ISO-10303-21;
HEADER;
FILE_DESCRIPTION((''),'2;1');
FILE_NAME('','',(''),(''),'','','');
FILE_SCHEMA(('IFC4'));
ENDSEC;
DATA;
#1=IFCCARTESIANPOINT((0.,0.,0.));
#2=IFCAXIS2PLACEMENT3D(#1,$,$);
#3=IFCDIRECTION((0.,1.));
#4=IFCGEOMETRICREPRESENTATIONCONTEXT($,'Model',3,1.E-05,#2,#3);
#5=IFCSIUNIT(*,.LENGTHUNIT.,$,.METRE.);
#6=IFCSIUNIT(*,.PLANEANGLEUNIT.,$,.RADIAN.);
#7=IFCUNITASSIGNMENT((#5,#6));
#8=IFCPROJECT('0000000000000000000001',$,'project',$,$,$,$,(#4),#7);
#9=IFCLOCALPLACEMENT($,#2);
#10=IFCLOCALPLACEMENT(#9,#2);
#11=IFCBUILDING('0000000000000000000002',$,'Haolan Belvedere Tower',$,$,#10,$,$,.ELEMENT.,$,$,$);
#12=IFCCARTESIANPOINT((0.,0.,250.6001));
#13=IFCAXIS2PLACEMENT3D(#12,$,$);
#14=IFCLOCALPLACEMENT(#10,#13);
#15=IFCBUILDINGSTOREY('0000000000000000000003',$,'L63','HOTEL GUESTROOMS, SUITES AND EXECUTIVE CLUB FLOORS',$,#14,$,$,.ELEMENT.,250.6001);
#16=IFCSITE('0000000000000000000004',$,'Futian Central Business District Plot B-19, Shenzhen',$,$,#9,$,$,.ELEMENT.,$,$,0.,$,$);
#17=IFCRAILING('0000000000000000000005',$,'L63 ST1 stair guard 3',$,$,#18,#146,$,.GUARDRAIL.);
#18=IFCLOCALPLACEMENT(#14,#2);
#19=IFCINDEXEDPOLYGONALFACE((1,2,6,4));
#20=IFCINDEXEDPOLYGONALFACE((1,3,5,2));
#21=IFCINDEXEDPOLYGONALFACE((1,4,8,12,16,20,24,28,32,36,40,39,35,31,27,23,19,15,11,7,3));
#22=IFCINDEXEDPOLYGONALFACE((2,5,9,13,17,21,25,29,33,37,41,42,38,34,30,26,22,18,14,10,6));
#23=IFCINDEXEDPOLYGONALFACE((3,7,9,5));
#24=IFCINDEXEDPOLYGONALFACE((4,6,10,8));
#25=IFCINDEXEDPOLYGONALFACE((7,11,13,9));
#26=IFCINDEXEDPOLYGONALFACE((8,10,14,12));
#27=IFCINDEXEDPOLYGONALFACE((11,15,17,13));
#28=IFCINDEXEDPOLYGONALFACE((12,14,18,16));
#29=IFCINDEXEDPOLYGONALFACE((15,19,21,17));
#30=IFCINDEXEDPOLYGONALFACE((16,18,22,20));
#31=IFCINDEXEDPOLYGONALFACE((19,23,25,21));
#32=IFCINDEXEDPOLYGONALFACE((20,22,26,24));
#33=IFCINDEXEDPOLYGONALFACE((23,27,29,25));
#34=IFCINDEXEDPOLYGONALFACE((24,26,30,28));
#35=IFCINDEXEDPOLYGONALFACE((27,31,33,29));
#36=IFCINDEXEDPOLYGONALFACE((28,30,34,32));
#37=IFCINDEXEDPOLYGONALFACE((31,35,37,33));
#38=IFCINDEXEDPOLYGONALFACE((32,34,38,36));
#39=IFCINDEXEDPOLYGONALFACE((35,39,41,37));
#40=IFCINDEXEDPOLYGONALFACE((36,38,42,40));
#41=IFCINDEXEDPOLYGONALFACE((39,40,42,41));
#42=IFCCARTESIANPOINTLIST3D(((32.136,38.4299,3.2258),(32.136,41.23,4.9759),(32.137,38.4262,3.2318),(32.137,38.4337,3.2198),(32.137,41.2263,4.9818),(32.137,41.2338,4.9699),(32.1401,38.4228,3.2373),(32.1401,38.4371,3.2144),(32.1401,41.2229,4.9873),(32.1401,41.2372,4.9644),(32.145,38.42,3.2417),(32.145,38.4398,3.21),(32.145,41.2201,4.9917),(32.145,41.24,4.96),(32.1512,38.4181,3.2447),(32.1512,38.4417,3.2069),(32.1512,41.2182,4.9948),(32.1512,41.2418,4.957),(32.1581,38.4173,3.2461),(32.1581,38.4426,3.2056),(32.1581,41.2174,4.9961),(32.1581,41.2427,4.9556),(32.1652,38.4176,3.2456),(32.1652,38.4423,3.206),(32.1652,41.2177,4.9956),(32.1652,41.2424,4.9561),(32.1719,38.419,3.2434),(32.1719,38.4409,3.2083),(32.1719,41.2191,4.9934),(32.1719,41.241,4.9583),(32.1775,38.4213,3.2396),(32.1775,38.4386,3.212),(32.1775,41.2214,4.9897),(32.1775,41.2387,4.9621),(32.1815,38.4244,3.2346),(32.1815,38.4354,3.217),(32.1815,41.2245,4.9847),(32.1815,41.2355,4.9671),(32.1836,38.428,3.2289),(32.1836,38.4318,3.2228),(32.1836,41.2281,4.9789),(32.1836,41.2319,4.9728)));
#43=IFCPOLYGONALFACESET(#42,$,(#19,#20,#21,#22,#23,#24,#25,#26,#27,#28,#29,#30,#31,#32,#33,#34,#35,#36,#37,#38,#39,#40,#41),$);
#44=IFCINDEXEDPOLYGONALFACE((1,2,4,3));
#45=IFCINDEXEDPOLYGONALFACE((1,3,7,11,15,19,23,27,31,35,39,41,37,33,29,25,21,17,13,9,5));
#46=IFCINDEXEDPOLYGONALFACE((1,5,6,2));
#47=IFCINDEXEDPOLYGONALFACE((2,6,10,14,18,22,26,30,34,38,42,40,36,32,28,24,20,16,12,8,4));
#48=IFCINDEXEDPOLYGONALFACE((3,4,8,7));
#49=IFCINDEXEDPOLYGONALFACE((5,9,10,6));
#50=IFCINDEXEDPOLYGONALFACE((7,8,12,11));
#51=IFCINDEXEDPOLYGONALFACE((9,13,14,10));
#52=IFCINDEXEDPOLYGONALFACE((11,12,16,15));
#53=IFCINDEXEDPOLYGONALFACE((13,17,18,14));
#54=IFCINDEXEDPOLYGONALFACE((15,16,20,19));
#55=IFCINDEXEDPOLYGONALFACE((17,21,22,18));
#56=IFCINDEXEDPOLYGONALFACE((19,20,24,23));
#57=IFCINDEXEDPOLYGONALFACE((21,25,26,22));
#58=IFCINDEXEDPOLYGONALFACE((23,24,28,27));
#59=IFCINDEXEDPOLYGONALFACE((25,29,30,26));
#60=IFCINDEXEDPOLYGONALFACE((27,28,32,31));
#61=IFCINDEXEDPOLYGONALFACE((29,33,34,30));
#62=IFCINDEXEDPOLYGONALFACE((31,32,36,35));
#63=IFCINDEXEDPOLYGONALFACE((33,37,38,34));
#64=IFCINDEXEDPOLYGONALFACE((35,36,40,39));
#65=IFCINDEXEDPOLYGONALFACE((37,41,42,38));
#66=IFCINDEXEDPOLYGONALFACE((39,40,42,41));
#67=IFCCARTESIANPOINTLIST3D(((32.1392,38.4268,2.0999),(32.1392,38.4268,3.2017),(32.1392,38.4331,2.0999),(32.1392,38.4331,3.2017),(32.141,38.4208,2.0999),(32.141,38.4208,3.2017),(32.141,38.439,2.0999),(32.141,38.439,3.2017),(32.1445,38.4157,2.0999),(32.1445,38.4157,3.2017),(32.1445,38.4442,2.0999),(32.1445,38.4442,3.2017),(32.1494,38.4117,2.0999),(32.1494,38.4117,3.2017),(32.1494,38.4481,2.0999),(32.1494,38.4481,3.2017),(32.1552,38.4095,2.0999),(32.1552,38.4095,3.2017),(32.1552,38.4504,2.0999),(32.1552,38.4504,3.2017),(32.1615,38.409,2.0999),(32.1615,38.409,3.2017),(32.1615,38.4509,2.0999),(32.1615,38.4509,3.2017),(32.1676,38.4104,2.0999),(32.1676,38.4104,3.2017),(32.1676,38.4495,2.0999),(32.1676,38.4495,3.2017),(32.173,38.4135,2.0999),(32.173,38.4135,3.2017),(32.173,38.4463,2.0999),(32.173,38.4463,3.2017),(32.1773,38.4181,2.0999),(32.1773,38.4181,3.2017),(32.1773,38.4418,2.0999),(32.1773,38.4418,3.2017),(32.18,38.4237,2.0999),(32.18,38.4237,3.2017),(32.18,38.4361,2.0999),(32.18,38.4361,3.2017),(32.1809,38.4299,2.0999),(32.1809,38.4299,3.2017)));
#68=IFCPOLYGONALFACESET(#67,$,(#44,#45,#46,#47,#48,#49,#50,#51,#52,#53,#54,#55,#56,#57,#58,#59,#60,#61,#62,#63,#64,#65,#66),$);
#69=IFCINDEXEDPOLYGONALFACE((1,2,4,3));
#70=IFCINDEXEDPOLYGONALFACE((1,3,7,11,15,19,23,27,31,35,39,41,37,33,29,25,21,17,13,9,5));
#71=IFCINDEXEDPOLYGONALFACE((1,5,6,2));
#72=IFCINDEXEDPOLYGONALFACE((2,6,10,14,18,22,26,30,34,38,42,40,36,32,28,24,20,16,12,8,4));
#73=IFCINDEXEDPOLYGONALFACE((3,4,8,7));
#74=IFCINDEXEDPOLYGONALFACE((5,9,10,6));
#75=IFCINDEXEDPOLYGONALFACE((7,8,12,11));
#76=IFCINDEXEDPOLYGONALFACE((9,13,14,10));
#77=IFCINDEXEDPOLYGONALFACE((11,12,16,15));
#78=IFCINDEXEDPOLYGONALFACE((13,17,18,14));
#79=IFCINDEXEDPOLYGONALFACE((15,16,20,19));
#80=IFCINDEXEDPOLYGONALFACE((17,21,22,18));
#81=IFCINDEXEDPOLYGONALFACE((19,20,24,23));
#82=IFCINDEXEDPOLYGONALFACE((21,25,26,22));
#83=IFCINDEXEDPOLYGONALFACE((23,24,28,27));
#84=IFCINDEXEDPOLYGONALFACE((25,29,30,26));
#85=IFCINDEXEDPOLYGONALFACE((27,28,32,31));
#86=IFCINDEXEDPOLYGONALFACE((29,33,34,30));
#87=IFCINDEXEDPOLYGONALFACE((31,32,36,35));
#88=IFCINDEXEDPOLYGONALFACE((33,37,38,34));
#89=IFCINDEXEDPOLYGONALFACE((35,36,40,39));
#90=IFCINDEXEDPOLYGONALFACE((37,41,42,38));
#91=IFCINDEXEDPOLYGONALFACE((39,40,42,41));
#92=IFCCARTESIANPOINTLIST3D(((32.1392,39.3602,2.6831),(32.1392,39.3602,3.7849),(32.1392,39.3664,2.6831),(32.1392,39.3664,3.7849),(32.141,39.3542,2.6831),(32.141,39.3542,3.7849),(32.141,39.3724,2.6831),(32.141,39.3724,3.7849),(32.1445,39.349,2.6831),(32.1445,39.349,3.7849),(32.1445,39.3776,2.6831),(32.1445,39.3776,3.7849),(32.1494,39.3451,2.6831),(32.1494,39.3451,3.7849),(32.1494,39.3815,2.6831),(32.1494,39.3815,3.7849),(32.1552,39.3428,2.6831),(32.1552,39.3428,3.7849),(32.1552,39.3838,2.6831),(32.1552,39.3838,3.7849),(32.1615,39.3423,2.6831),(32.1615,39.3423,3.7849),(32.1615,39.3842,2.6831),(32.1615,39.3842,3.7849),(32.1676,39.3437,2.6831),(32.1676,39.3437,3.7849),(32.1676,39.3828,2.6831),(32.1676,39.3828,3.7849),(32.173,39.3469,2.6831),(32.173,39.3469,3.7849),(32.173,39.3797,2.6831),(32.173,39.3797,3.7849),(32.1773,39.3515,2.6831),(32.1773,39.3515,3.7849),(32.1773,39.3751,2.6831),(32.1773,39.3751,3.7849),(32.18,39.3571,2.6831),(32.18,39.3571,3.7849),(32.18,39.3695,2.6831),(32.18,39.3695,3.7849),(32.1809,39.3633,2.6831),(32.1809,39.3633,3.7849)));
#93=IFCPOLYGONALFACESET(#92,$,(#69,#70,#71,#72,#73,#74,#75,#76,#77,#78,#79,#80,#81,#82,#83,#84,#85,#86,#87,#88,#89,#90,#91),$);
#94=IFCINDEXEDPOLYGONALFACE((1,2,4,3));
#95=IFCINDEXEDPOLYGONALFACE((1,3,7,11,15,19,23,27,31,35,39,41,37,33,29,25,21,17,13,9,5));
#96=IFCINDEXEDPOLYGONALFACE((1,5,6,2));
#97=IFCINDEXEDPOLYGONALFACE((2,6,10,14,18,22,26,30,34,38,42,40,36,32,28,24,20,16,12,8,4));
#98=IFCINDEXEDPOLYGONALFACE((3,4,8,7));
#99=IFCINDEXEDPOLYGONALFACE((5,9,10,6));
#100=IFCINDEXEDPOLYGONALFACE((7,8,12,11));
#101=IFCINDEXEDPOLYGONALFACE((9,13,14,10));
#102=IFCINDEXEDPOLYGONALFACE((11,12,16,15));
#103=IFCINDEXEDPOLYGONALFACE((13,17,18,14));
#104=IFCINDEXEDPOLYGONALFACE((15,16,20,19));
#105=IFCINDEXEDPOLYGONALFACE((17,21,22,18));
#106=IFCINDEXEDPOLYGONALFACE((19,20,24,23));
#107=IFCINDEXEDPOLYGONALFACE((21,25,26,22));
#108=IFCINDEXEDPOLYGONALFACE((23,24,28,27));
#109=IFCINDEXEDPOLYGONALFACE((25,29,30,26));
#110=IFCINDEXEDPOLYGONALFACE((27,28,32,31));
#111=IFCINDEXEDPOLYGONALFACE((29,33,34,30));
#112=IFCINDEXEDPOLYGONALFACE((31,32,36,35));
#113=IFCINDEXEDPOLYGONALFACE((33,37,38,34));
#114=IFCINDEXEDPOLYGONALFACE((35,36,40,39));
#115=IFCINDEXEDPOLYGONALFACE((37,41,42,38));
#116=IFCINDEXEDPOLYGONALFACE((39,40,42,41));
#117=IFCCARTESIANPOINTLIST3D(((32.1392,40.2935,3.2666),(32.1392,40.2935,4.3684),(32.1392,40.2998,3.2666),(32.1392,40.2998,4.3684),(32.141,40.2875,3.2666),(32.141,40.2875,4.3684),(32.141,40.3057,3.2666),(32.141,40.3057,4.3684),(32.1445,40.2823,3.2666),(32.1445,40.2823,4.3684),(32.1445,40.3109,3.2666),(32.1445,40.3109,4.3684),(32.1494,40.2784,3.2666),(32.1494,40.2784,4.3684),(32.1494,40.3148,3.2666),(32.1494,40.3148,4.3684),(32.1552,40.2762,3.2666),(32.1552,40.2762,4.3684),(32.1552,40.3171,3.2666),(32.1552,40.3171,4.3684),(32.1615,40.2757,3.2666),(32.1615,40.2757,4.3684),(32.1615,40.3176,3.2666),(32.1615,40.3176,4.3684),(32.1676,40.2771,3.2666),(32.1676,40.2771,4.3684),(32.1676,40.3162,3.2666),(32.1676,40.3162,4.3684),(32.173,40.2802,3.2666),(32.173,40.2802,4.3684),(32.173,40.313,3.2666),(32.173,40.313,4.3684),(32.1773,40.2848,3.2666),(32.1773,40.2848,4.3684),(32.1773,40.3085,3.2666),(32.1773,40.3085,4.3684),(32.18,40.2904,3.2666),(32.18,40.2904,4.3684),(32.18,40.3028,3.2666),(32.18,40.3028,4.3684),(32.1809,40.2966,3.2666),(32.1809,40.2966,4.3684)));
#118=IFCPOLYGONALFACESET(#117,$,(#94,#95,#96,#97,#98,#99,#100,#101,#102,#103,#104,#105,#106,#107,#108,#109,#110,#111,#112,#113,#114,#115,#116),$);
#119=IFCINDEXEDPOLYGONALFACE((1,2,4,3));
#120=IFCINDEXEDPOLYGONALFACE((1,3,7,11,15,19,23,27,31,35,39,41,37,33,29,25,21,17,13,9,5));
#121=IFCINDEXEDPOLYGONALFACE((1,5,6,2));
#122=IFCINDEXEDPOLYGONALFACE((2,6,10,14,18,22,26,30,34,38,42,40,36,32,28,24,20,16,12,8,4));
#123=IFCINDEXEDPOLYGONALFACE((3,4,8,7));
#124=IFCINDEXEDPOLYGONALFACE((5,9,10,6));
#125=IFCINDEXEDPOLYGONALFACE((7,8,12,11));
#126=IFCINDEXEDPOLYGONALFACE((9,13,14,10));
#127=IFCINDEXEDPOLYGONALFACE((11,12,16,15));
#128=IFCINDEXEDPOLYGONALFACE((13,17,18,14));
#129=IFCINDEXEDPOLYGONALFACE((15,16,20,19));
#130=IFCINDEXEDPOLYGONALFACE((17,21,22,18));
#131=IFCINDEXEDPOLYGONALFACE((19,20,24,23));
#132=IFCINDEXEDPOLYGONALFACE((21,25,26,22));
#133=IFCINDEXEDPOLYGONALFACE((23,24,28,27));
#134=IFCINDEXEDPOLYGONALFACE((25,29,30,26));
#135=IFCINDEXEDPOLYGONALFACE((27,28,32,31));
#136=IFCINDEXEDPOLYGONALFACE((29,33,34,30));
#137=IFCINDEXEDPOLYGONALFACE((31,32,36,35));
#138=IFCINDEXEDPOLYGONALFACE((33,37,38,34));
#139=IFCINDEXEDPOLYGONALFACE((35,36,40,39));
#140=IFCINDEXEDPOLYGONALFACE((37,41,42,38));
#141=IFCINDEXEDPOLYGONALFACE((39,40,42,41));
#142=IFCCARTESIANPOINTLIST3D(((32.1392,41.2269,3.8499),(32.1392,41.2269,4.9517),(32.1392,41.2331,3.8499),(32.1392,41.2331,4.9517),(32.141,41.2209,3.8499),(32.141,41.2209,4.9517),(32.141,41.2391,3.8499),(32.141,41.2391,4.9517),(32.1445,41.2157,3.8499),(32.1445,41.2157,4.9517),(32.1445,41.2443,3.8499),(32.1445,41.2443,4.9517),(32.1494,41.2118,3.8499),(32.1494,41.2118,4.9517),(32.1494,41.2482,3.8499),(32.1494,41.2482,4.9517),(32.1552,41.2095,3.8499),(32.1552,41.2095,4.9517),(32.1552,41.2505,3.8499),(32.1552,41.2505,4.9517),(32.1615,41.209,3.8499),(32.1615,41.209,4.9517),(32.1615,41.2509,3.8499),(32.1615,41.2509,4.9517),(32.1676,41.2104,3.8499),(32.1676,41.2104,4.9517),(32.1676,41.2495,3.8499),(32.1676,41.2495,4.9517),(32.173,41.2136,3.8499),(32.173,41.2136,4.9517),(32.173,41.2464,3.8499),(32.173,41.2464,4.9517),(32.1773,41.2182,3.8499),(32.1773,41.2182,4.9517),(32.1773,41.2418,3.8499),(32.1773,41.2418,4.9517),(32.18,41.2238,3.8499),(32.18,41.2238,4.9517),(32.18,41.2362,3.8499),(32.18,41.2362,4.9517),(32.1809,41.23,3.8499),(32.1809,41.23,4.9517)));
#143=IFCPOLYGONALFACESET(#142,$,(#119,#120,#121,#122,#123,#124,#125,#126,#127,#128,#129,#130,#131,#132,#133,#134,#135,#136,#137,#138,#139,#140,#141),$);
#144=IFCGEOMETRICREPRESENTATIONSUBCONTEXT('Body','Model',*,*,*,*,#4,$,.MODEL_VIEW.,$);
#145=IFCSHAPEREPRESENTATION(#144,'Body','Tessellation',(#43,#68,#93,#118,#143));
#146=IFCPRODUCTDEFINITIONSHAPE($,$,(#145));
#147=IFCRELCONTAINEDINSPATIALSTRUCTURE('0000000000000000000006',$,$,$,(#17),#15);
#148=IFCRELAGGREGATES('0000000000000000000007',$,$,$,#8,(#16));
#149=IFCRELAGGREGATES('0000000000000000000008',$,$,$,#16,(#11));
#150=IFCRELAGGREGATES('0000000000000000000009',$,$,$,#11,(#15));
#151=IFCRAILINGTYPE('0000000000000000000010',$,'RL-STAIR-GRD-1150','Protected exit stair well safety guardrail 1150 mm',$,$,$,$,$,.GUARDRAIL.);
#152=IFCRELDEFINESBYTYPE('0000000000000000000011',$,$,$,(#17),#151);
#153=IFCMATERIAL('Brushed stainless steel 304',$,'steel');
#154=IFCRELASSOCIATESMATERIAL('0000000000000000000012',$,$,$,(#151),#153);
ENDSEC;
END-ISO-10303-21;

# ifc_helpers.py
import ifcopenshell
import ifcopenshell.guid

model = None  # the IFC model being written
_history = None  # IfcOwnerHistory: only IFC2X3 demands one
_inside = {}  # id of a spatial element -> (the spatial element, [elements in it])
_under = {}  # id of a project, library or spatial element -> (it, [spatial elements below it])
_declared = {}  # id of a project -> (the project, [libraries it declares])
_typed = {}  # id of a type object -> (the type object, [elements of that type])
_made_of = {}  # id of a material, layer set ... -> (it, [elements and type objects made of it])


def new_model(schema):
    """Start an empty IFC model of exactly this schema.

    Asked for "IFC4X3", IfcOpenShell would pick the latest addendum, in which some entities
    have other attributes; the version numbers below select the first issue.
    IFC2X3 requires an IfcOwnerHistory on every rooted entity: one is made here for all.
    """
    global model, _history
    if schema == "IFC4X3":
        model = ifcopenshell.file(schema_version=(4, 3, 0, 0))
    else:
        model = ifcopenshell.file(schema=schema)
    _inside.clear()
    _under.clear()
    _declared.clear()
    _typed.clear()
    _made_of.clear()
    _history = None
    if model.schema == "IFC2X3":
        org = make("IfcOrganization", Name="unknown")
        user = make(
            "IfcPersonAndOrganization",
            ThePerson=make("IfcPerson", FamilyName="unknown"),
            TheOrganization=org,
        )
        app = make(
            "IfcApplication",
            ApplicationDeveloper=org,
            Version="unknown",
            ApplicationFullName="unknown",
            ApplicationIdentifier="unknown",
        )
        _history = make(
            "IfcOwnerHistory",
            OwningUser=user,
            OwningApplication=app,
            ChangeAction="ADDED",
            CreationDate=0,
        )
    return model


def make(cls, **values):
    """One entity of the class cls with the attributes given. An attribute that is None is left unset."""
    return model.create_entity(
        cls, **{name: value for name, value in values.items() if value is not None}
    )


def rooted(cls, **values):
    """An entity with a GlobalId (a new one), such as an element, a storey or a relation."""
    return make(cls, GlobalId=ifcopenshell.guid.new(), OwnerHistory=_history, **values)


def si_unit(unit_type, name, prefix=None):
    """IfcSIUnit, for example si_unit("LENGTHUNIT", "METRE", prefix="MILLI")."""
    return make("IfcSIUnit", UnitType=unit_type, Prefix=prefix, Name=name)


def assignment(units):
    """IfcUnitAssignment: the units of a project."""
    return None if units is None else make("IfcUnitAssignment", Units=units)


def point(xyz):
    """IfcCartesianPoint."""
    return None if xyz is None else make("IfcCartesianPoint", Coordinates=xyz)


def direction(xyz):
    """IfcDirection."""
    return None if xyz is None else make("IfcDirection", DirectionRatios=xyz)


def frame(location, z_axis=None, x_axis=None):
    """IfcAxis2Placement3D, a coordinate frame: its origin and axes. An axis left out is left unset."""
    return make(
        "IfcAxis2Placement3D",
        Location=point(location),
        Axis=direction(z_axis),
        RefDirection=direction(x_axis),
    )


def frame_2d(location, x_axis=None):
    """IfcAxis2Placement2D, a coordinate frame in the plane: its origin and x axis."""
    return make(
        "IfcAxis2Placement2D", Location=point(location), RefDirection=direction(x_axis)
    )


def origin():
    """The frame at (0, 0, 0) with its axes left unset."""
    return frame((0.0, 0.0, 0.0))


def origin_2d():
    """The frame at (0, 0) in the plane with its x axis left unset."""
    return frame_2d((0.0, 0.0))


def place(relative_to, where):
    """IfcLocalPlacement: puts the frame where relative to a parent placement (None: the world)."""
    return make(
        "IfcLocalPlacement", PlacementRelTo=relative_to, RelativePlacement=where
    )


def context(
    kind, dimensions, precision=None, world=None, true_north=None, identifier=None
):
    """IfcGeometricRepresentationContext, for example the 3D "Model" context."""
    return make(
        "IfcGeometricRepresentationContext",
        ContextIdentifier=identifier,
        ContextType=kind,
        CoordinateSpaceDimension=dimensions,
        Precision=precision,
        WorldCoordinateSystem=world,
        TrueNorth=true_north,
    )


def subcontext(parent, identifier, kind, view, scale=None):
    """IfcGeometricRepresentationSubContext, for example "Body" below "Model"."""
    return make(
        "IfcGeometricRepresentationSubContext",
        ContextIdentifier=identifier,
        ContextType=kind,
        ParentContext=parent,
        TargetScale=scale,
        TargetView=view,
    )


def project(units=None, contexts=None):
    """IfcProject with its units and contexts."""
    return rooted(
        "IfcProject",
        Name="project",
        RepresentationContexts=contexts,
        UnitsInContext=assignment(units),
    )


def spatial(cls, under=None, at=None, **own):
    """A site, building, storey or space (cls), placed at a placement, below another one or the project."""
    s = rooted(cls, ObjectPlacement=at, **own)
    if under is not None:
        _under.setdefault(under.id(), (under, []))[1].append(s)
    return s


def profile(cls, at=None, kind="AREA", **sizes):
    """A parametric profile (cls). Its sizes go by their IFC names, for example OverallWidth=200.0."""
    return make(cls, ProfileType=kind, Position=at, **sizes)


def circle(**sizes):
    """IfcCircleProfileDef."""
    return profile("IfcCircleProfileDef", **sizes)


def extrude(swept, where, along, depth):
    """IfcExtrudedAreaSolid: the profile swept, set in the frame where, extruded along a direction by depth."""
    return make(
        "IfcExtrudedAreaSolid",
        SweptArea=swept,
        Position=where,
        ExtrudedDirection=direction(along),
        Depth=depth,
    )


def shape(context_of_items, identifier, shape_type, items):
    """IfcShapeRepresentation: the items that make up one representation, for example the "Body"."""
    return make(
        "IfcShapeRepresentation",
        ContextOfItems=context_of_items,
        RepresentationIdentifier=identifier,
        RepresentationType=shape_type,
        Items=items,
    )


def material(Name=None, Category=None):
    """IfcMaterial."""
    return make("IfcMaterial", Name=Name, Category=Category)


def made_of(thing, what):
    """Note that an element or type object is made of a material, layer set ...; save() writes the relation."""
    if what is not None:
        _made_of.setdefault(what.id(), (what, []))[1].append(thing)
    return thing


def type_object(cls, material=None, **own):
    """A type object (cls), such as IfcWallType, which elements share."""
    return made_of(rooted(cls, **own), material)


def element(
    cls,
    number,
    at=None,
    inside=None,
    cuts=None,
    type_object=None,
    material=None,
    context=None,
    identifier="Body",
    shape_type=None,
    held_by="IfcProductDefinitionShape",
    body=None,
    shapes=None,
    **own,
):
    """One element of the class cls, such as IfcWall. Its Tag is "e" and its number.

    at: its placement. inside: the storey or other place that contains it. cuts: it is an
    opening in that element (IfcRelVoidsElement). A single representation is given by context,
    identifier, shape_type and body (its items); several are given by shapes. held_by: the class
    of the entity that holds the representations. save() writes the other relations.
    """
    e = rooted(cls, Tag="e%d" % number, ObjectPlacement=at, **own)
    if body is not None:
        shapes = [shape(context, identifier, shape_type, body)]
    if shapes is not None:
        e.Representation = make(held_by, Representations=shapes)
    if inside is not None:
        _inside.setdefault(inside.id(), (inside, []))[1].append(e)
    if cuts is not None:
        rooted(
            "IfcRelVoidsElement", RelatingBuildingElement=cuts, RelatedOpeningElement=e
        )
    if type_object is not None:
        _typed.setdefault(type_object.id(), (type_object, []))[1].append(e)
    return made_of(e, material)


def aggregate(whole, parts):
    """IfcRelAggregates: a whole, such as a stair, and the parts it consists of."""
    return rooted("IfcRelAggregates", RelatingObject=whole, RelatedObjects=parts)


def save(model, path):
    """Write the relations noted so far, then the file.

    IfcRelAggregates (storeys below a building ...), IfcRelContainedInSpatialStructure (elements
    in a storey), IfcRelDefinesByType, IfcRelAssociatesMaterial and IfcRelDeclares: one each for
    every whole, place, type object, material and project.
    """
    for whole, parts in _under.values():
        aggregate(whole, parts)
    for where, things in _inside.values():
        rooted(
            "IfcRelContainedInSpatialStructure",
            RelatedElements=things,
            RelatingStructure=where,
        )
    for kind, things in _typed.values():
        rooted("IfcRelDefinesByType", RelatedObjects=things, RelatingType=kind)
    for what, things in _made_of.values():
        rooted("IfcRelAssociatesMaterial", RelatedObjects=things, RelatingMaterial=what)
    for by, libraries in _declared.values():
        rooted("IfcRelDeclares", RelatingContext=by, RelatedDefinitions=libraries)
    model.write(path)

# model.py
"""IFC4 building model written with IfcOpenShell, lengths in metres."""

from ifc_helpers import new_model, si_unit, direction, frame, origin, origin_2d, place, context, subcontext, project, spatial, circle, extrude, material, type_object, element, save


model = new_model("IFC4")

# Units and contexts
model_context = context("Model", 3, precision=1e-05, world=origin(), true_north=direction((0.0, 1.0)))
body_context = subcontext(model_context, "Body", "Model", "MODEL_VIEW")
ifc_project = project(units=[si_unit("LENGTHUNIT", "METRE"), si_unit("PLANEANGLEUNIT", "RADIAN")], contexts=[model_context])

# Site, building, storey
site_placement = place(None, origin())
site = spatial("IfcSite", under=ifc_project, at=site_placement, Name="Futian Central Business District Plot B-19, Shenzhen", CompositionType="ELEMENT", RefElevation=0.0)
building_placement = place(site_placement, origin())
building = spatial("IfcBuilding", under=site, at=building_placement, Name="Haolan Belvedere Tower", CompositionType="ELEMENT")
storey_placement = place(building_placement, frame((0.0, 0.0, 250.6001)))
storey = spatial("IfcBuildingStorey", under=building, at=storey_placement, Name="L63", Description="HOTEL GUESTROOMS, SUITES AND EXECUTIVE CLUB FLOORS", CompositionType="ELEMENT", Elevation=250.6001)

# Railing
ifc_material_1 = material(Name="Brushed stainless steel 304", Category="steel")
railing_type_1 = type_object("IfcRailingType", Name="RL-STAIR-GRD-1150", Description="Protected exit stair well safety guardrail 1150 mm", PredefinedType="GUARDRAIL", material=ifc_material_1)
railing_1_placement = place(storey_placement, frame((32.1599, 38.4299, 2.0999)))
element("IfcRailing", 1, at=railing_1_placement, inside=storey, type_object=railing_type_1, Name="L63 ST1 stair guard 3", PredefinedType="GUARDRAIL", context=body_context, shape_type="SweptSolid", body=[
    extrude(circle(Radius=0.0239, at=origin_2d()), frame((0.0, 0.0, 1.126), z_axis=(0.0, 0.848002, 0.529992), x_axis=(-1.0, 0.0, 0.0)), (0.0, 0.0, 1.0), 3.302),
    extrude(circle(Radius=0.021, at=origin_2d()), origin(), (0.0, 0.0, 1.0), 1.1018),
    extrude(circle(Radius=0.021, at=origin_2d()), frame((0.0, 0.9333, 0.5833)), (0.0, 0.0, 1.0), 1.1018),
    extrude(circle(Radius=0.021, at=origin_2d()), frame((0.0, 1.8667, 1.1667)), (0.0, 0.0, 1.0), 1.1018),
    extrude(circle(Radius=0.021, at=origin_2d()), frame((0.0, 2.8, 1.75)), (0.0, 0.0, 1.0), 1.1018),
])

save(model, "model.ifc")
